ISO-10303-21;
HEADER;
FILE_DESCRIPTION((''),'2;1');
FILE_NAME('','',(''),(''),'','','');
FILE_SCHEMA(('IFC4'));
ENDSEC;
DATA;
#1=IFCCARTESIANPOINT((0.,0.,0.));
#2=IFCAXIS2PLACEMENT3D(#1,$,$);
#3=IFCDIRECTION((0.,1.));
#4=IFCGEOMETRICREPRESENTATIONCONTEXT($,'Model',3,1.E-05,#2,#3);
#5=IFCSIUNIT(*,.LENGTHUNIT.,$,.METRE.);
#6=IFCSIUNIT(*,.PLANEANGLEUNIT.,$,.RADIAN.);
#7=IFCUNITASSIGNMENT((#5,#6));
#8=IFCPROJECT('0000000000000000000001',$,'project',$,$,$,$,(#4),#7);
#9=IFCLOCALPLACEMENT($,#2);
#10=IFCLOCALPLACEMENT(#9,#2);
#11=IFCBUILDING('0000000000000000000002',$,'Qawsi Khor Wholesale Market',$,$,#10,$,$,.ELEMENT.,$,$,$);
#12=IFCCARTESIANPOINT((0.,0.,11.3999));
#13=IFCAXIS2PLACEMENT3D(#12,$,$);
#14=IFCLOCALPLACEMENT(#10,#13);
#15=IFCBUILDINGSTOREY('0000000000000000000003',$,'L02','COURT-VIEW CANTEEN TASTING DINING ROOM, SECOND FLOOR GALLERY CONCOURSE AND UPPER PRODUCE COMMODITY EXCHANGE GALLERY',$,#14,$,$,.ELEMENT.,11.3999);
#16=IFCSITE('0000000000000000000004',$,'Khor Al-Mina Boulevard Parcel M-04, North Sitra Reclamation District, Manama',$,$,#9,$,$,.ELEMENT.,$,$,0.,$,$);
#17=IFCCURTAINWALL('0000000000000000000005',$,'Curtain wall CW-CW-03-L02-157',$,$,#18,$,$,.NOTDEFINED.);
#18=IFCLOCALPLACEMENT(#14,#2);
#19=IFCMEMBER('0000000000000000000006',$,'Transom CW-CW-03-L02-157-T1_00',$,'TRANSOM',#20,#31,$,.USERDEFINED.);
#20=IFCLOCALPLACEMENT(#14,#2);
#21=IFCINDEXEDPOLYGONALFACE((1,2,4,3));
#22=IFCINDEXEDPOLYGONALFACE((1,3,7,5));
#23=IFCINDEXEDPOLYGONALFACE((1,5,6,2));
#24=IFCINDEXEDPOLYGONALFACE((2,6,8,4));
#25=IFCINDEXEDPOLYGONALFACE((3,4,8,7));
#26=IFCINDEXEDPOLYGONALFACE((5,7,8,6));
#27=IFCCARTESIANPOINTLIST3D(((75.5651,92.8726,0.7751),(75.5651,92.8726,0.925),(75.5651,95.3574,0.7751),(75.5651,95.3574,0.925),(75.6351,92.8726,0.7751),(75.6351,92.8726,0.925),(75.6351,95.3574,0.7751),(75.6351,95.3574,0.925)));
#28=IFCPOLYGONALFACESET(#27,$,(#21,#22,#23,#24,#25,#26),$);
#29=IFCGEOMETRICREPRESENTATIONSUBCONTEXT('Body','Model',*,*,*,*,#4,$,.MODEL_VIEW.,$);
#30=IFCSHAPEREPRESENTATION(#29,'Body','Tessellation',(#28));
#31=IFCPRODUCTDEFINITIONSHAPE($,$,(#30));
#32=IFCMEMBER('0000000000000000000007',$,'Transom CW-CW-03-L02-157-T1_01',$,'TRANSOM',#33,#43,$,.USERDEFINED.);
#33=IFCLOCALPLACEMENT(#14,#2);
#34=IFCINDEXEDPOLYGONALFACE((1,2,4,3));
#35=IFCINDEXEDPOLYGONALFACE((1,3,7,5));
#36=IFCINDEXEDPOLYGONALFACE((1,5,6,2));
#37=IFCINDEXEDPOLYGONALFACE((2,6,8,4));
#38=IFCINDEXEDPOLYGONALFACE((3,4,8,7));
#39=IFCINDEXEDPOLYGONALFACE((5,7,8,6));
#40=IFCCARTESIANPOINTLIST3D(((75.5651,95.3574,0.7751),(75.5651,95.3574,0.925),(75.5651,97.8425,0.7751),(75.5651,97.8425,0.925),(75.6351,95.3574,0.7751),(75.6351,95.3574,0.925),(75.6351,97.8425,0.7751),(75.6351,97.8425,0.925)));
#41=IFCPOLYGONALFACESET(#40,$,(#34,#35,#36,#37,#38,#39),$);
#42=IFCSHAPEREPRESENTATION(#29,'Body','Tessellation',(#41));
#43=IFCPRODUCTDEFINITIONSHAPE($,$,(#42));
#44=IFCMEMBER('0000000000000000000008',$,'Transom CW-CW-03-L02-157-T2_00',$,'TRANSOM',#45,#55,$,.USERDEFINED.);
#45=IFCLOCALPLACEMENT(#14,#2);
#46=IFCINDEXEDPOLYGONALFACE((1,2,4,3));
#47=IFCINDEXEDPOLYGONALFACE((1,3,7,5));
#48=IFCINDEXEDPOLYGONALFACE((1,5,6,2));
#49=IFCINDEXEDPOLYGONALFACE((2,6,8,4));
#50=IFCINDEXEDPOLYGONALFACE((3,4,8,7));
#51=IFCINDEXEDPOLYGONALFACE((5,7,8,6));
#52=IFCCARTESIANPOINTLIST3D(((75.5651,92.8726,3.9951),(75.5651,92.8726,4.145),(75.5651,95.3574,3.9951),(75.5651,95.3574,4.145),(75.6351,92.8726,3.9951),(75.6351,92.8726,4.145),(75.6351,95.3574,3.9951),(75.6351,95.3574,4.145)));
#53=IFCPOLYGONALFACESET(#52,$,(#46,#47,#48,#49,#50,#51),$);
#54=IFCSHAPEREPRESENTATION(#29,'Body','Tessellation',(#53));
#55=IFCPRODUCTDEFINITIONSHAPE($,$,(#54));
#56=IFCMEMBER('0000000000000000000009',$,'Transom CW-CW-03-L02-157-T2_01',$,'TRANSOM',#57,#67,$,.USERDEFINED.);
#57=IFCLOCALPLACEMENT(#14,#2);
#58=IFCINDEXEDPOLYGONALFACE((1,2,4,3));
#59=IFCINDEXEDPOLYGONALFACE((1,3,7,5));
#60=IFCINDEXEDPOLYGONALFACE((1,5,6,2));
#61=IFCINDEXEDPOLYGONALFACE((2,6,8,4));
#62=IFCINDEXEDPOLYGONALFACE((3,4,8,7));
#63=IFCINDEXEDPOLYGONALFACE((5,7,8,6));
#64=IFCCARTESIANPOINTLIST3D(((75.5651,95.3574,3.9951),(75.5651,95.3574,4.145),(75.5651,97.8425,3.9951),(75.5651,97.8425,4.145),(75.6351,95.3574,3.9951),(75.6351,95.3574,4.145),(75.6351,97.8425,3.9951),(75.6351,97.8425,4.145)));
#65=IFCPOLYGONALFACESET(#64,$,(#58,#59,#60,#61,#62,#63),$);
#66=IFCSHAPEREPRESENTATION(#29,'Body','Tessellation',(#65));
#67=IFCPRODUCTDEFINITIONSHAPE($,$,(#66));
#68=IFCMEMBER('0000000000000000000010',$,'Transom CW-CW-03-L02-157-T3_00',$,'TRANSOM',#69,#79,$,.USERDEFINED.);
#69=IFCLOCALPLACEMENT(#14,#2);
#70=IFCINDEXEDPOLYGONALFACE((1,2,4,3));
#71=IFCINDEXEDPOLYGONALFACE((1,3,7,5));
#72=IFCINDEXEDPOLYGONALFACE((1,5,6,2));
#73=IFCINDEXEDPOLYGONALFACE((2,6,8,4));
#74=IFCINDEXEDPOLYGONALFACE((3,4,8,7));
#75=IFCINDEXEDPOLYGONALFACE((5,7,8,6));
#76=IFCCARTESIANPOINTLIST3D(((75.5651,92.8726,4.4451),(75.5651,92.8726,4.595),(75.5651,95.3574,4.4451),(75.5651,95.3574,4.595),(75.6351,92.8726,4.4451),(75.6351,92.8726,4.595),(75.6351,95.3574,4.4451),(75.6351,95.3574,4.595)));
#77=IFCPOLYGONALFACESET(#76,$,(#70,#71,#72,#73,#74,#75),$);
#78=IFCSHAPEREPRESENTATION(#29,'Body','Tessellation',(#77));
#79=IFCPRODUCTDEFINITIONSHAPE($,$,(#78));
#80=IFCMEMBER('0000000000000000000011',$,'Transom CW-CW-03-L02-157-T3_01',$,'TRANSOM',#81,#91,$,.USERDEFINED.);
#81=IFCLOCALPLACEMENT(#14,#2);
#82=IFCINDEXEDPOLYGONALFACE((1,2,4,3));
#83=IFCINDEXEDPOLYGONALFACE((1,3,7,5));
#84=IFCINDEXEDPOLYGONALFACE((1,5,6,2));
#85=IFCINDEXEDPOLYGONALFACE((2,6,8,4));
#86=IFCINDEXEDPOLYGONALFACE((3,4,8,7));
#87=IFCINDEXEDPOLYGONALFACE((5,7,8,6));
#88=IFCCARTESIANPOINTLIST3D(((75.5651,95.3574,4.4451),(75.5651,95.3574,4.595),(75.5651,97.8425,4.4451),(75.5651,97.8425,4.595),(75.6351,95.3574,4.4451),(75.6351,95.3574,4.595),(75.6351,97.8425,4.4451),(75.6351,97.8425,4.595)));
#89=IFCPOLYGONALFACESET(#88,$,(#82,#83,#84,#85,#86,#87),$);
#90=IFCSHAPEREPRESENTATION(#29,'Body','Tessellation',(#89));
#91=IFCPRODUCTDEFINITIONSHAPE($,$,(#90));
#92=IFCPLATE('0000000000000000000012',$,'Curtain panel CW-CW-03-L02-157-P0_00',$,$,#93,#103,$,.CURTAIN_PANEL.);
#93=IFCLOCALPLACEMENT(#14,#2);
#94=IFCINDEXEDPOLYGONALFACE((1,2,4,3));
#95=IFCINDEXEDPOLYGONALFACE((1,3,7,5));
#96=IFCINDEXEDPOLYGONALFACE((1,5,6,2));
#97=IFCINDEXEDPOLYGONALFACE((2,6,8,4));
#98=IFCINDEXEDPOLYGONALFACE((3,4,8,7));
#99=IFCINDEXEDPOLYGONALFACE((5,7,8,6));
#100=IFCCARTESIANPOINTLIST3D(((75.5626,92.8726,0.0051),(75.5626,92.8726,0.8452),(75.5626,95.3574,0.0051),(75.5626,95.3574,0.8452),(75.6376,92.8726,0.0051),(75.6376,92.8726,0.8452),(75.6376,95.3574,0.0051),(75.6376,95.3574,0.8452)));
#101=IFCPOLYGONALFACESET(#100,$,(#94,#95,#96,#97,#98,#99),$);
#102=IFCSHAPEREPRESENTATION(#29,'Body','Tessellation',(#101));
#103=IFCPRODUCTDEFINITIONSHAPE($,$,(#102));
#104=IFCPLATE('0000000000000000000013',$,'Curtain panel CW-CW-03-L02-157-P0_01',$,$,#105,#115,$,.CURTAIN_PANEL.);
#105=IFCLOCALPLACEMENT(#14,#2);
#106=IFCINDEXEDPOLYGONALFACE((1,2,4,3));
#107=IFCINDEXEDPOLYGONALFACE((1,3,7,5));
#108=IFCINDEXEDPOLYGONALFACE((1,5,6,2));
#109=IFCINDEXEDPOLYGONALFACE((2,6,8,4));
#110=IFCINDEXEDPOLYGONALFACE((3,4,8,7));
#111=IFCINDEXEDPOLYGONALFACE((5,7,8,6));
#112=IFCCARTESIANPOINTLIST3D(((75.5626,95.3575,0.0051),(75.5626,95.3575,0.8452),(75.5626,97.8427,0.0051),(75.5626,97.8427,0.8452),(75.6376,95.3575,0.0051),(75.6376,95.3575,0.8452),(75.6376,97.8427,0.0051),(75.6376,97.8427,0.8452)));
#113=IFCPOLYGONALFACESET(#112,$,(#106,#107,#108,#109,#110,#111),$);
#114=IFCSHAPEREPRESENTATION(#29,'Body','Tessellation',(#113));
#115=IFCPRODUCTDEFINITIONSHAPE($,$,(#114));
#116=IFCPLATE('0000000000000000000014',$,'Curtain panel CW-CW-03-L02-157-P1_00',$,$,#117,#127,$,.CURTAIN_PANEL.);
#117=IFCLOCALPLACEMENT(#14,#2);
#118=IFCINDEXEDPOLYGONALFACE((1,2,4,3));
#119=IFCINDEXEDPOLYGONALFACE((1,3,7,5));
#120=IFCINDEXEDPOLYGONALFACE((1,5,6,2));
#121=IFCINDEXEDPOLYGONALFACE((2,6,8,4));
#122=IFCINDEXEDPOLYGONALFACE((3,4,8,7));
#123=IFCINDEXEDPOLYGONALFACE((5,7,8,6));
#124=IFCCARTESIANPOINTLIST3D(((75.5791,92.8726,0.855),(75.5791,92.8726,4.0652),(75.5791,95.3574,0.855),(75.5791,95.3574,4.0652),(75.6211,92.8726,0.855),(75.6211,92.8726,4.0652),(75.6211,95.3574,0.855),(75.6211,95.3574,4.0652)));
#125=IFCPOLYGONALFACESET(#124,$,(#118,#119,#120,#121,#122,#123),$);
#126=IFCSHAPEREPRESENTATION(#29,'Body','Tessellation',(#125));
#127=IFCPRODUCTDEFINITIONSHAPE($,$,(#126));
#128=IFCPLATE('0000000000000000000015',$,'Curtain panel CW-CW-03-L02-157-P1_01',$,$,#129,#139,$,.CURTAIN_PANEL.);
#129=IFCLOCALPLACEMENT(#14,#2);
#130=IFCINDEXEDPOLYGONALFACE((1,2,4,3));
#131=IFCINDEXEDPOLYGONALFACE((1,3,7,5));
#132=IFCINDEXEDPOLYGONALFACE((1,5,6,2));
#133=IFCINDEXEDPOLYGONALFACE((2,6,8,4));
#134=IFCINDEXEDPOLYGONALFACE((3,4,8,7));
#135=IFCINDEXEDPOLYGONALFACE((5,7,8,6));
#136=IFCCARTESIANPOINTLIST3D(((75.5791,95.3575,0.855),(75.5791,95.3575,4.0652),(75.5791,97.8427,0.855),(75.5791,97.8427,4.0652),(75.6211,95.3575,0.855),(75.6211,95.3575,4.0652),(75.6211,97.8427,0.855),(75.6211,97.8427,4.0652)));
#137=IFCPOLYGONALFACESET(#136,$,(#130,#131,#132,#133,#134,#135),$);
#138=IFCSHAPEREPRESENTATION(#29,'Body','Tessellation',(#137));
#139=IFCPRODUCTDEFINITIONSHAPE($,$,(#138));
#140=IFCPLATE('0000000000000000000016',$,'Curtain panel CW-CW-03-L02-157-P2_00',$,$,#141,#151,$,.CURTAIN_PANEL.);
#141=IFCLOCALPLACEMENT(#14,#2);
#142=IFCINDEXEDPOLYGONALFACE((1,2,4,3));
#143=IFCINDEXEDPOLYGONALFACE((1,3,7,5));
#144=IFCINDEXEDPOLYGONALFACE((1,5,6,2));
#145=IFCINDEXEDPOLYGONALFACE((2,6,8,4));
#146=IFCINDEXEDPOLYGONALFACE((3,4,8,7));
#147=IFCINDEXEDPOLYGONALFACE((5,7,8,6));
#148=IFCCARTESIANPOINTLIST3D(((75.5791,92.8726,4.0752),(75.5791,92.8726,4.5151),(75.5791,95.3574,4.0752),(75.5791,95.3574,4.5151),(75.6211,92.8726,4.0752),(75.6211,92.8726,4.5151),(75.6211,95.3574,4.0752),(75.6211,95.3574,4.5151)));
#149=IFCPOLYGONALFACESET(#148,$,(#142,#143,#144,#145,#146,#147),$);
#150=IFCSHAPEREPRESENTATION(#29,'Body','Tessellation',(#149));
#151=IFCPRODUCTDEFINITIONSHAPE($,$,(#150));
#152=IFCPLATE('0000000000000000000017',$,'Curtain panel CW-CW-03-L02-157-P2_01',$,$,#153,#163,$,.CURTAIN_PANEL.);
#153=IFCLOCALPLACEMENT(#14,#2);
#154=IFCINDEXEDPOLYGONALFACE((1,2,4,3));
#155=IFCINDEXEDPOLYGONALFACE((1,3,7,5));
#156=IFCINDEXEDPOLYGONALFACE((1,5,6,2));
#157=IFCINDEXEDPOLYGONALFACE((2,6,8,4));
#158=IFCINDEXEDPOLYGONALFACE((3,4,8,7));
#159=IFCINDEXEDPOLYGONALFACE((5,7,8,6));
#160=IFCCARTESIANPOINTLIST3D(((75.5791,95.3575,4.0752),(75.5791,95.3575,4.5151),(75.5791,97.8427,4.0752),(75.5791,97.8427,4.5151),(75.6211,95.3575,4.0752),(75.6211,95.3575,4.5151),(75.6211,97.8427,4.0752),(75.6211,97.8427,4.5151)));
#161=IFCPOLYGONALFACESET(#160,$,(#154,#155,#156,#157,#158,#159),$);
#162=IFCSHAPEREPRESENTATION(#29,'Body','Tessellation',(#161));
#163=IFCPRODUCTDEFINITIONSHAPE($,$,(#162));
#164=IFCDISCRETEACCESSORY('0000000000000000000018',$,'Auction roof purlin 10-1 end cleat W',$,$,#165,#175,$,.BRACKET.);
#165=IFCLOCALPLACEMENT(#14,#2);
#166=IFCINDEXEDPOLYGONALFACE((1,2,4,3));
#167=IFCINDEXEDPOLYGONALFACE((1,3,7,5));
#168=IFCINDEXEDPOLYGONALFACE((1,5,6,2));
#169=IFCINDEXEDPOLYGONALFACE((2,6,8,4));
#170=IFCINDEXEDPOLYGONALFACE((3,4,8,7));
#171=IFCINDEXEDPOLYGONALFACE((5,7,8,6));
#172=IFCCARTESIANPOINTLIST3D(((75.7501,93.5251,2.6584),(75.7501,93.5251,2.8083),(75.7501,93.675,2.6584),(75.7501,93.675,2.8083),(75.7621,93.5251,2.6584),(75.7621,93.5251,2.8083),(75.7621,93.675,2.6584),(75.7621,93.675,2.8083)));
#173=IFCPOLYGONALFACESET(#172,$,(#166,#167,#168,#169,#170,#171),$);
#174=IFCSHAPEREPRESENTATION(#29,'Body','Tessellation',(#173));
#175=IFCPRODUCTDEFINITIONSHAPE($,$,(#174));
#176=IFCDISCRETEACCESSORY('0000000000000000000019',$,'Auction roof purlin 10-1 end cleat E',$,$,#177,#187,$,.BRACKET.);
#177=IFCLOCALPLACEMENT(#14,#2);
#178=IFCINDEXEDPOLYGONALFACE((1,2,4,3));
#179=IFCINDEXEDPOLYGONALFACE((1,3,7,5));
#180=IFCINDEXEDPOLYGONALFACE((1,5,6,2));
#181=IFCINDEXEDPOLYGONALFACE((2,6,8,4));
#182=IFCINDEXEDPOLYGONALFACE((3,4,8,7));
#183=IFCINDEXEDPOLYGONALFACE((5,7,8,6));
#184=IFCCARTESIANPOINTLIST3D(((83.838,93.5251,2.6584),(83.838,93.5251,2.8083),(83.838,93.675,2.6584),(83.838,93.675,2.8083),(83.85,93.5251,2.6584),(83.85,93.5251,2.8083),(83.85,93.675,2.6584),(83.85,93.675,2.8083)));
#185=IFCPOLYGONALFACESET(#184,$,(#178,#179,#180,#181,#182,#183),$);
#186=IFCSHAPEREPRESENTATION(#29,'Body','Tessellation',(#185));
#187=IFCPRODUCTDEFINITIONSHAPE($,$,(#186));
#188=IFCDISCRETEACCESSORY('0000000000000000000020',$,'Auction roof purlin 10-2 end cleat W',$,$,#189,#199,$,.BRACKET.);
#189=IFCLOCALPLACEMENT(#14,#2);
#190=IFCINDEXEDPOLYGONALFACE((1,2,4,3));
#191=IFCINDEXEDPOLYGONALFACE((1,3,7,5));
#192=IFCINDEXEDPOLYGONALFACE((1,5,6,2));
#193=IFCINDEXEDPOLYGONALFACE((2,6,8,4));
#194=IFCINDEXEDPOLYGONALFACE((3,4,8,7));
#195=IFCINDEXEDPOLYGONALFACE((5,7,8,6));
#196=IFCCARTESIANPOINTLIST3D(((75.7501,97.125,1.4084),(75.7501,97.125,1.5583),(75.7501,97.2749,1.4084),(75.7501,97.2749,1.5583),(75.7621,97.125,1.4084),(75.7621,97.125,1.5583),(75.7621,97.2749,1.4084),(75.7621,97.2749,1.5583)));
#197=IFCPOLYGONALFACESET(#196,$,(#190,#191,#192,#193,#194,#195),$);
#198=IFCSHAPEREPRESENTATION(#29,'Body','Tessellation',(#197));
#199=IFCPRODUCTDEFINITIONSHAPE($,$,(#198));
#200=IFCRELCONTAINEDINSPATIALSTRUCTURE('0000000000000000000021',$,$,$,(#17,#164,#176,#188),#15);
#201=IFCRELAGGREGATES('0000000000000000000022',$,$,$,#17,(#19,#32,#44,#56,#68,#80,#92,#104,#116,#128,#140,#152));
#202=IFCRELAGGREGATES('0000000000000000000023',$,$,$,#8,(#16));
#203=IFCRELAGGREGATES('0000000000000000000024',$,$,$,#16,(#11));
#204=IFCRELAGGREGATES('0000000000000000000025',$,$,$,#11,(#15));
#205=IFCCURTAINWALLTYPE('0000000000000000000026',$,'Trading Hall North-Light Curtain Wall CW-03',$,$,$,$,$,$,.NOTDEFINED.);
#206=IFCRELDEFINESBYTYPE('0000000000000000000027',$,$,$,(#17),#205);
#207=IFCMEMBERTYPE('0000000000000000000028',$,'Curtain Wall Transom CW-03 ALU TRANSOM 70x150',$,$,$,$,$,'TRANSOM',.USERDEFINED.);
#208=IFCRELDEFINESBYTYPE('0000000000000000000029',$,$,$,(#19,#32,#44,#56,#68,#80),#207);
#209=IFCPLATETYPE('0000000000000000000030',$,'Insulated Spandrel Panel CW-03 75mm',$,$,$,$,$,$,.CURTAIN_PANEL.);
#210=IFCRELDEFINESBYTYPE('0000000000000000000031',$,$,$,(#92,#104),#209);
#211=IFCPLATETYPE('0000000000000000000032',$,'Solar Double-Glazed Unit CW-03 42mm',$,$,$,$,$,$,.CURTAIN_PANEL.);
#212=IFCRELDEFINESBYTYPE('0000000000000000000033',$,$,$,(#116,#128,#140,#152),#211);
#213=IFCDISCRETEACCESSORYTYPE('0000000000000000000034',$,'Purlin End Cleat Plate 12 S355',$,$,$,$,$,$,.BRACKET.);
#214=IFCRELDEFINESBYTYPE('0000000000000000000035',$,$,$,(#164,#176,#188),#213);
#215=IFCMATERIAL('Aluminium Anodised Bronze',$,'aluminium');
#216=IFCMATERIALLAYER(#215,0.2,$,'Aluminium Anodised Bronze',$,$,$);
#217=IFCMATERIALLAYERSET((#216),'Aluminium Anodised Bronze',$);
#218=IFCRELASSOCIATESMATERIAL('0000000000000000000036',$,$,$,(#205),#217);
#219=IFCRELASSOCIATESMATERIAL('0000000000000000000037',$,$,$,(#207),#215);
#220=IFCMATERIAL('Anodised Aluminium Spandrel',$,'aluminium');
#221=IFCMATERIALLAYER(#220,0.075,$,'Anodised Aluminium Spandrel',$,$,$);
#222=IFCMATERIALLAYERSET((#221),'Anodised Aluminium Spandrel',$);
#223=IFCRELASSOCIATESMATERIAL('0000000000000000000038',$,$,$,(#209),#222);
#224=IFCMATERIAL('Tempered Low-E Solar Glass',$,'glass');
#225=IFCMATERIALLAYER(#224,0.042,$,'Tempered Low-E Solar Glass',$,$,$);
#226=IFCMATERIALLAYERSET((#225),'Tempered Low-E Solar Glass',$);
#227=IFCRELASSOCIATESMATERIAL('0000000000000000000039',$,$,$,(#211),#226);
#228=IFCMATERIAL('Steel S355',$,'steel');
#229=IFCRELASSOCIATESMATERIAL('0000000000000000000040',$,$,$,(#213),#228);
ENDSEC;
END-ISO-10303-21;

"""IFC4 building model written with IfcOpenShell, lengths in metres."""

from ifc_helpers import new_model, si_unit, direction, frame, frame_2d, origin, origin_2d, place, context, subcontext, project, spatial, rectangle, extrude, material, layer, layer_set, material_profile, profile_set, type_object, element, aggregate, save


model = new_model("IFC4")

# Units and contexts
model_context = context("Model", 3, precision=1e-05, world=origin(), true_north=direction((0.0, 1.0)))
body_context = subcontext(model_context, "Body", "Model", "MODEL_VIEW")
ifc_project = project(units=[si_unit("LENGTHUNIT", "METRE"), si_unit("PLANEANGLEUNIT", "RADIAN")], contexts=[model_context])

# Site, building, storey
site_placement = place(None, origin())
site = spatial("IfcSite", under=ifc_project, at=site_placement, Name="Khor Al-Mina Boulevard Parcel M-04, North Sitra Reclamation District, Manama", CompositionType="ELEMENT", RefElevation=0.0)
building_placement = place(site_placement, origin())
building = spatial("IfcBuilding", under=site, at=building_placement, Name="Qawsi Khor Wholesale Market", CompositionType="ELEMENT")
storey_placement = place(building_placement, frame((0.0, 0.0, 11.3999)))
storey = spatial("IfcBuildingStorey", under=building, at=storey_placement, Name="L02", Description="COURT-VIEW CANTEEN TASTING DINING ROOM, SECOND FLOOR GALLERY CONCOURSE AND UPPER PRODUCE COMMODITY EXCHANGE GALLERY", CompositionType="ELEMENT", Elevation=11.3999)

# Shared definitions
ifc_material_1 = material(Name="Steel S355", Category="steel")

# Curtain wall, members, plates
ifc_material_2 = material(Name="Aluminium Anodised Bronze", Category="aluminium")
ifc_layer_1 = layer(ifc_material_2, 0.2, Name="Aluminium Anodised Bronze")
ifc_layer_set_1 = layer_set([ifc_layer_1], Name="Aluminium Anodised Bronze")
curtain_wall_type = type_object("IfcCurtainWallType", Name="Trading Hall North-Light Curtain Wall CW-03", PredefinedType="NOTDEFINED", material=ifc_layer_set_1)
curtain_wall_placement = place(storey_placement, origin())
curtain_wall = element("IfcCurtainWall", 1, at=curtain_wall_placement, inside=storey, type_object=curtain_wall_type, Name="Curtain wall CW-CW-03-L02-157", PredefinedType="NOTDEFINED")
ifc_material_profile_1 = material_profile(ifc_material_2, rectangle(XDim=0.0701, YDim=0.1499, at=origin_2d()), Name="ALU TRANSOM 70x150")
ifc_profile_set_1 = profile_set([ifc_material_profile_1], Name="Aluminium Anodised Bronze")
member_type_1 = type_object("IfcMemberType", Name="Curtain Wall Transom CW-03 ALU TRANSOM 70x150", ElementType="TRANSOM", PredefinedType="USERDEFINED", material=ifc_profile_set_1)
member_1_placement = place(storey_placement, frame((75.6001, 92.8726, 0.8501), z_axis=(0.0, 1.0, 0.0), x_axis=(-1.0, 0.0, 0.0)))
member_1 = element("IfcMember", 2, at=member_1_placement, type_object=member_type_1, Name="Transom CW-CW-03-L02-157-T1_00", ObjectType="TRANSOM", PredefinedType="USERDEFINED", context=body_context, shape_type="SweptSolid", body=[
    extrude(rectangle(XDim=0.0701, YDim=0.1499, at=origin_2d()), origin(), (0.0, 0.0, 1.0), 2.4849),
])
member_2_placement = place(storey_placement, frame((75.6001, 95.3574, 0.8501), z_axis=(0.0, 1.0, 0.0), x_axis=(-1.0, 0.0, 0.0)))
member_2 = element("IfcMember", 3, at=member_2_placement, type_object=member_type_1, Name="Transom CW-CW-03-L02-157-T1_01", ObjectType="TRANSOM", PredefinedType="USERDEFINED", context=body_context, shape_type="SweptSolid", body=[
    extrude(rectangle(XDim=0.0701, YDim=0.1499, at=origin_2d()), origin(), (0.0, 0.0, 1.0), 2.4851),
])
member_3_placement = place(storey_placement, frame((75.6001, 92.8726, 4.0701), z_axis=(0.0, 1.0, 0.0), x_axis=(-1.0, 0.0, 0.0)))
member_3 = element("IfcMember", 4, at=member_3_placement, type_object=member_type_1, Name="Transom CW-CW-03-L02-157-T2_00", ObjectType="TRANSOM", PredefinedType="USERDEFINED", context=body_context, shape_type="SweptSolid", body=[
    extrude(rectangle(XDim=0.0701, YDim=0.1499, at=origin_2d()), origin(), (0.0, 0.0, 1.0), 2.4849),
])
member_4_placement = place(storey_placement, frame((75.6001, 95.3574, 4.0701), z_axis=(0.0, 1.0, 0.0), x_axis=(-1.0, 0.0, 0.0)))
member_4 = element("IfcMember", 5, at=member_4_placement, type_object=member_type_1, Name="Transom CW-CW-03-L02-157-T2_01", ObjectType="TRANSOM", PredefinedType="USERDEFINED", context=body_context, shape_type="SweptSolid", body=[
    extrude(rectangle(XDim=0.0701, YDim=0.1499, at=origin_2d()), origin(), (0.0, 0.0, 1.0), 2.4851),
])
member_5_placement = place(storey_placement, frame((75.6001, 92.8726, 4.52), z_axis=(0.0, 1.0, 0.0), x_axis=(-1.0, 0.0, 0.0)))
member_5 = element("IfcMember", 6, at=member_5_placement, type_object=member_type_1, Name="Transom CW-CW-03-L02-157-T3_00", ObjectType="TRANSOM", PredefinedType="USERDEFINED", context=body_context, shape_type="SweptSolid", body=[
    extrude(rectangle(XDim=0.0701, YDim=0.1499, at=origin_2d()), origin(), (0.0, 0.0, 1.0), 2.4849),
])
member_6_placement = place(storey_placement, frame((75.6001, 95.3574, 4.52), z_axis=(0.0, 1.0, 0.0), x_axis=(-1.0, 0.0, 0.0)))
member_6 = element("IfcMember", 7, at=member_6_placement, type_object=member_type_1, Name="Transom CW-CW-03-L02-157-T3_01", ObjectType="TRANSOM", PredefinedType="USERDEFINED", context=body_context, shape_type="SweptSolid", body=[
    extrude(rectangle(XDim=0.0701, YDim=0.1499, at=origin_2d()), origin(), (0.0, 0.0, 1.0), 2.4851),
])
ifc_material_3 = material(Name="Anodised Aluminium Spandrel", Category="aluminium")
ifc_layer_2 = layer(ifc_material_3, 0.075, Name="Anodised Aluminium Spandrel")
ifc_layer_set_2 = layer_set([ifc_layer_2], Name="Anodised Aluminium Spandrel")
plate_type_1 = type_object("IfcPlateType", Name="Insulated Spandrel Panel CW-03 75mm", PredefinedType="CURTAIN_PANEL", material=ifc_layer_set_2)
plate_1_placement = place(storey_placement, frame((75.6001, 92.8726, 0.0051), z_axis=(0.0, 0.0, 1.0), x_axis=(0.0, 1.0, 0.0)))
plate_1 = element("IfcPlate", 8, at=plate_1_placement, type_object=plate_type_1, Name="Curtain panel CW-CW-03-L02-157-P0_00", PredefinedType="CURTAIN_PANEL", context=body_context, shape_type="SweptSolid", body=[
    extrude(rectangle(XDim=2.4849, YDim=0.075, at=frame_2d((1.2424, 0.0))), origin(), (0.0, 0.0, 1.0), 0.8401),
])
plate_2_placement = place(storey_placement, frame((75.6001, 95.3574, 0.0051), z_axis=(0.0, 0.0, 1.0), x_axis=(0.0, 1.0, 0.0)))
plate_2 = element("IfcPlate", 9, at=plate_2_placement, type_object=plate_type_1, Name="Curtain panel CW-CW-03-L02-157-P0_01", PredefinedType="CURTAIN_PANEL", context=body_context, shape_type="SweptSolid", body=[
    extrude(rectangle(XDim=2.4851, YDim=0.075, at=frame_2d((1.2427, 0.0))), origin(), (0.0, 0.0, 1.0), 0.8401),
])
ifc_material_4 = material(Name="Tempered Low-E Solar Glass", Category="glass")
ifc_layer_3 = layer(ifc_material_4, 0.042, Name="Tempered Low-E Solar Glass")
ifc_layer_set_3 = layer_set([ifc_layer_3], Name="Tempered Low-E Solar Glass")
plate_type_2 = type_object("IfcPlateType", Name="Solar Double-Glazed Unit CW-03 42mm", PredefinedType="CURTAIN_PANEL", material=ifc_layer_set_3)
plate_3_placement = place(storey_placement, frame((75.6001, 92.8726, 0.855), z_axis=(0.0, 0.0, 1.0), x_axis=(0.0, 1.0, 0.0)))
plate_3 = element("IfcPlate", 10, at=plate_3_placement, type_object=plate_type_2, Name="Curtain panel CW-CW-03-L02-157-P1_00", PredefinedType="CURTAIN_PANEL", context=body_context, shape_type="SweptSolid", body=[
    extrude(rectangle(XDim=2.4849, YDim=0.042, at=frame_2d((1.2424, 0.0))), origin(), (0.0, 0.0, 1.0), 3.2102),
])
plate_4_placement = place(storey_placement, frame((75.6001, 95.3574, 0.855), z_axis=(0.0, 0.0, 1.0), x_axis=(0.0, 1.0, 0.0)))
plate_4 = element("IfcPlate", 11, at=plate_4_placement, type_object=plate_type_2, Name="Curtain panel CW-CW-03-L02-157-P1_01", PredefinedType="CURTAIN_PANEL", context=body_context, shape_type="SweptSolid", body=[
    extrude(rectangle(XDim=2.4851, YDim=0.042, at=frame_2d((1.2427, 0.0))), origin(), (0.0, 0.0, 1.0), 3.2102),
])
plate_5_placement = place(storey_placement, frame((75.6001, 92.8726, 4.0752), z_axis=(0.0, 0.0, 1.0), x_axis=(0.0, 1.0, 0.0)))
plate_5 = element("IfcPlate", 12, at=plate_5_placement, type_object=plate_type_2, Name="Curtain panel CW-CW-03-L02-157-P2_00", PredefinedType="CURTAIN_PANEL", context=body_context, shape_type="SweptSolid", body=[
    extrude(rectangle(XDim=2.4849, YDim=0.042, at=frame_2d((1.2424, 0.0))), origin(), (0.0, 0.0, 1.0), 0.4399),
])
plate_6_placement = place(storey_placement, frame((75.6001, 95.3574, 4.0752), z_axis=(0.0, 0.0, 1.0), x_axis=(0.0, 1.0, 0.0)))
plate_6 = element("IfcPlate", 13, at=plate_6_placement, type_object=plate_type_2, Name="Curtain panel CW-CW-03-L02-157-P2_01", PredefinedType="CURTAIN_PANEL", context=body_context, shape_type="SweptSolid", body=[
    extrude(rectangle(XDim=2.4851, YDim=0.042, at=frame_2d((1.2427, 0.0))), origin(), (0.0, 0.0, 1.0), 0.4399),
])
aggregate(curtain_wall, [member_1, member_2, member_3, member_4, member_5, member_6, plate_1, plate_2, plate_3, plate_4, plate_5, plate_6])

# Discrete accessories
discrete_accessory_type = type_object("IfcDiscreteAccessoryType", Name="Purlin End Cleat Plate 12 S355", PredefinedType="BRACKET", material=ifc_material_1)
for number, where, z_axis, x_axis, name in (
    (14, (75.7561, 93.6001, 2.6584), (0.0, 0.0, 1.0), (1.0, 0.0, 0.0), "Auction roof purlin 10-1 end cleat W"),
    (15, (83.844, 93.6001, 2.6584), (0.0, 0.0, 1.0), (1.0, 0.0, 0.0), "Auction roof purlin 10-1 end cleat E"),
    (16, (75.7561, 97.2, 1.4084), (0.0, 0.0, 1.0), (1.0, 0.0, 0.0), "Auction roof purlin 10-2 end cleat W"),
):
    element("IfcDiscreteAccessory", number, at=place(storey_placement, frame(where, z_axis=z_axis, x_axis=x_axis)), inside=storey, type_object=discrete_accessory_type, Name=name, PredefinedType="BRACKET", context=body_context, shape_type="SweptSolid", body=[
        extrude(rectangle(XDim=0.012, YDim=0.1499, at=origin_2d()), origin(), (0.0, 0.0, 1.0), 0.1499),
    ])

save(model, "model.ifc")
